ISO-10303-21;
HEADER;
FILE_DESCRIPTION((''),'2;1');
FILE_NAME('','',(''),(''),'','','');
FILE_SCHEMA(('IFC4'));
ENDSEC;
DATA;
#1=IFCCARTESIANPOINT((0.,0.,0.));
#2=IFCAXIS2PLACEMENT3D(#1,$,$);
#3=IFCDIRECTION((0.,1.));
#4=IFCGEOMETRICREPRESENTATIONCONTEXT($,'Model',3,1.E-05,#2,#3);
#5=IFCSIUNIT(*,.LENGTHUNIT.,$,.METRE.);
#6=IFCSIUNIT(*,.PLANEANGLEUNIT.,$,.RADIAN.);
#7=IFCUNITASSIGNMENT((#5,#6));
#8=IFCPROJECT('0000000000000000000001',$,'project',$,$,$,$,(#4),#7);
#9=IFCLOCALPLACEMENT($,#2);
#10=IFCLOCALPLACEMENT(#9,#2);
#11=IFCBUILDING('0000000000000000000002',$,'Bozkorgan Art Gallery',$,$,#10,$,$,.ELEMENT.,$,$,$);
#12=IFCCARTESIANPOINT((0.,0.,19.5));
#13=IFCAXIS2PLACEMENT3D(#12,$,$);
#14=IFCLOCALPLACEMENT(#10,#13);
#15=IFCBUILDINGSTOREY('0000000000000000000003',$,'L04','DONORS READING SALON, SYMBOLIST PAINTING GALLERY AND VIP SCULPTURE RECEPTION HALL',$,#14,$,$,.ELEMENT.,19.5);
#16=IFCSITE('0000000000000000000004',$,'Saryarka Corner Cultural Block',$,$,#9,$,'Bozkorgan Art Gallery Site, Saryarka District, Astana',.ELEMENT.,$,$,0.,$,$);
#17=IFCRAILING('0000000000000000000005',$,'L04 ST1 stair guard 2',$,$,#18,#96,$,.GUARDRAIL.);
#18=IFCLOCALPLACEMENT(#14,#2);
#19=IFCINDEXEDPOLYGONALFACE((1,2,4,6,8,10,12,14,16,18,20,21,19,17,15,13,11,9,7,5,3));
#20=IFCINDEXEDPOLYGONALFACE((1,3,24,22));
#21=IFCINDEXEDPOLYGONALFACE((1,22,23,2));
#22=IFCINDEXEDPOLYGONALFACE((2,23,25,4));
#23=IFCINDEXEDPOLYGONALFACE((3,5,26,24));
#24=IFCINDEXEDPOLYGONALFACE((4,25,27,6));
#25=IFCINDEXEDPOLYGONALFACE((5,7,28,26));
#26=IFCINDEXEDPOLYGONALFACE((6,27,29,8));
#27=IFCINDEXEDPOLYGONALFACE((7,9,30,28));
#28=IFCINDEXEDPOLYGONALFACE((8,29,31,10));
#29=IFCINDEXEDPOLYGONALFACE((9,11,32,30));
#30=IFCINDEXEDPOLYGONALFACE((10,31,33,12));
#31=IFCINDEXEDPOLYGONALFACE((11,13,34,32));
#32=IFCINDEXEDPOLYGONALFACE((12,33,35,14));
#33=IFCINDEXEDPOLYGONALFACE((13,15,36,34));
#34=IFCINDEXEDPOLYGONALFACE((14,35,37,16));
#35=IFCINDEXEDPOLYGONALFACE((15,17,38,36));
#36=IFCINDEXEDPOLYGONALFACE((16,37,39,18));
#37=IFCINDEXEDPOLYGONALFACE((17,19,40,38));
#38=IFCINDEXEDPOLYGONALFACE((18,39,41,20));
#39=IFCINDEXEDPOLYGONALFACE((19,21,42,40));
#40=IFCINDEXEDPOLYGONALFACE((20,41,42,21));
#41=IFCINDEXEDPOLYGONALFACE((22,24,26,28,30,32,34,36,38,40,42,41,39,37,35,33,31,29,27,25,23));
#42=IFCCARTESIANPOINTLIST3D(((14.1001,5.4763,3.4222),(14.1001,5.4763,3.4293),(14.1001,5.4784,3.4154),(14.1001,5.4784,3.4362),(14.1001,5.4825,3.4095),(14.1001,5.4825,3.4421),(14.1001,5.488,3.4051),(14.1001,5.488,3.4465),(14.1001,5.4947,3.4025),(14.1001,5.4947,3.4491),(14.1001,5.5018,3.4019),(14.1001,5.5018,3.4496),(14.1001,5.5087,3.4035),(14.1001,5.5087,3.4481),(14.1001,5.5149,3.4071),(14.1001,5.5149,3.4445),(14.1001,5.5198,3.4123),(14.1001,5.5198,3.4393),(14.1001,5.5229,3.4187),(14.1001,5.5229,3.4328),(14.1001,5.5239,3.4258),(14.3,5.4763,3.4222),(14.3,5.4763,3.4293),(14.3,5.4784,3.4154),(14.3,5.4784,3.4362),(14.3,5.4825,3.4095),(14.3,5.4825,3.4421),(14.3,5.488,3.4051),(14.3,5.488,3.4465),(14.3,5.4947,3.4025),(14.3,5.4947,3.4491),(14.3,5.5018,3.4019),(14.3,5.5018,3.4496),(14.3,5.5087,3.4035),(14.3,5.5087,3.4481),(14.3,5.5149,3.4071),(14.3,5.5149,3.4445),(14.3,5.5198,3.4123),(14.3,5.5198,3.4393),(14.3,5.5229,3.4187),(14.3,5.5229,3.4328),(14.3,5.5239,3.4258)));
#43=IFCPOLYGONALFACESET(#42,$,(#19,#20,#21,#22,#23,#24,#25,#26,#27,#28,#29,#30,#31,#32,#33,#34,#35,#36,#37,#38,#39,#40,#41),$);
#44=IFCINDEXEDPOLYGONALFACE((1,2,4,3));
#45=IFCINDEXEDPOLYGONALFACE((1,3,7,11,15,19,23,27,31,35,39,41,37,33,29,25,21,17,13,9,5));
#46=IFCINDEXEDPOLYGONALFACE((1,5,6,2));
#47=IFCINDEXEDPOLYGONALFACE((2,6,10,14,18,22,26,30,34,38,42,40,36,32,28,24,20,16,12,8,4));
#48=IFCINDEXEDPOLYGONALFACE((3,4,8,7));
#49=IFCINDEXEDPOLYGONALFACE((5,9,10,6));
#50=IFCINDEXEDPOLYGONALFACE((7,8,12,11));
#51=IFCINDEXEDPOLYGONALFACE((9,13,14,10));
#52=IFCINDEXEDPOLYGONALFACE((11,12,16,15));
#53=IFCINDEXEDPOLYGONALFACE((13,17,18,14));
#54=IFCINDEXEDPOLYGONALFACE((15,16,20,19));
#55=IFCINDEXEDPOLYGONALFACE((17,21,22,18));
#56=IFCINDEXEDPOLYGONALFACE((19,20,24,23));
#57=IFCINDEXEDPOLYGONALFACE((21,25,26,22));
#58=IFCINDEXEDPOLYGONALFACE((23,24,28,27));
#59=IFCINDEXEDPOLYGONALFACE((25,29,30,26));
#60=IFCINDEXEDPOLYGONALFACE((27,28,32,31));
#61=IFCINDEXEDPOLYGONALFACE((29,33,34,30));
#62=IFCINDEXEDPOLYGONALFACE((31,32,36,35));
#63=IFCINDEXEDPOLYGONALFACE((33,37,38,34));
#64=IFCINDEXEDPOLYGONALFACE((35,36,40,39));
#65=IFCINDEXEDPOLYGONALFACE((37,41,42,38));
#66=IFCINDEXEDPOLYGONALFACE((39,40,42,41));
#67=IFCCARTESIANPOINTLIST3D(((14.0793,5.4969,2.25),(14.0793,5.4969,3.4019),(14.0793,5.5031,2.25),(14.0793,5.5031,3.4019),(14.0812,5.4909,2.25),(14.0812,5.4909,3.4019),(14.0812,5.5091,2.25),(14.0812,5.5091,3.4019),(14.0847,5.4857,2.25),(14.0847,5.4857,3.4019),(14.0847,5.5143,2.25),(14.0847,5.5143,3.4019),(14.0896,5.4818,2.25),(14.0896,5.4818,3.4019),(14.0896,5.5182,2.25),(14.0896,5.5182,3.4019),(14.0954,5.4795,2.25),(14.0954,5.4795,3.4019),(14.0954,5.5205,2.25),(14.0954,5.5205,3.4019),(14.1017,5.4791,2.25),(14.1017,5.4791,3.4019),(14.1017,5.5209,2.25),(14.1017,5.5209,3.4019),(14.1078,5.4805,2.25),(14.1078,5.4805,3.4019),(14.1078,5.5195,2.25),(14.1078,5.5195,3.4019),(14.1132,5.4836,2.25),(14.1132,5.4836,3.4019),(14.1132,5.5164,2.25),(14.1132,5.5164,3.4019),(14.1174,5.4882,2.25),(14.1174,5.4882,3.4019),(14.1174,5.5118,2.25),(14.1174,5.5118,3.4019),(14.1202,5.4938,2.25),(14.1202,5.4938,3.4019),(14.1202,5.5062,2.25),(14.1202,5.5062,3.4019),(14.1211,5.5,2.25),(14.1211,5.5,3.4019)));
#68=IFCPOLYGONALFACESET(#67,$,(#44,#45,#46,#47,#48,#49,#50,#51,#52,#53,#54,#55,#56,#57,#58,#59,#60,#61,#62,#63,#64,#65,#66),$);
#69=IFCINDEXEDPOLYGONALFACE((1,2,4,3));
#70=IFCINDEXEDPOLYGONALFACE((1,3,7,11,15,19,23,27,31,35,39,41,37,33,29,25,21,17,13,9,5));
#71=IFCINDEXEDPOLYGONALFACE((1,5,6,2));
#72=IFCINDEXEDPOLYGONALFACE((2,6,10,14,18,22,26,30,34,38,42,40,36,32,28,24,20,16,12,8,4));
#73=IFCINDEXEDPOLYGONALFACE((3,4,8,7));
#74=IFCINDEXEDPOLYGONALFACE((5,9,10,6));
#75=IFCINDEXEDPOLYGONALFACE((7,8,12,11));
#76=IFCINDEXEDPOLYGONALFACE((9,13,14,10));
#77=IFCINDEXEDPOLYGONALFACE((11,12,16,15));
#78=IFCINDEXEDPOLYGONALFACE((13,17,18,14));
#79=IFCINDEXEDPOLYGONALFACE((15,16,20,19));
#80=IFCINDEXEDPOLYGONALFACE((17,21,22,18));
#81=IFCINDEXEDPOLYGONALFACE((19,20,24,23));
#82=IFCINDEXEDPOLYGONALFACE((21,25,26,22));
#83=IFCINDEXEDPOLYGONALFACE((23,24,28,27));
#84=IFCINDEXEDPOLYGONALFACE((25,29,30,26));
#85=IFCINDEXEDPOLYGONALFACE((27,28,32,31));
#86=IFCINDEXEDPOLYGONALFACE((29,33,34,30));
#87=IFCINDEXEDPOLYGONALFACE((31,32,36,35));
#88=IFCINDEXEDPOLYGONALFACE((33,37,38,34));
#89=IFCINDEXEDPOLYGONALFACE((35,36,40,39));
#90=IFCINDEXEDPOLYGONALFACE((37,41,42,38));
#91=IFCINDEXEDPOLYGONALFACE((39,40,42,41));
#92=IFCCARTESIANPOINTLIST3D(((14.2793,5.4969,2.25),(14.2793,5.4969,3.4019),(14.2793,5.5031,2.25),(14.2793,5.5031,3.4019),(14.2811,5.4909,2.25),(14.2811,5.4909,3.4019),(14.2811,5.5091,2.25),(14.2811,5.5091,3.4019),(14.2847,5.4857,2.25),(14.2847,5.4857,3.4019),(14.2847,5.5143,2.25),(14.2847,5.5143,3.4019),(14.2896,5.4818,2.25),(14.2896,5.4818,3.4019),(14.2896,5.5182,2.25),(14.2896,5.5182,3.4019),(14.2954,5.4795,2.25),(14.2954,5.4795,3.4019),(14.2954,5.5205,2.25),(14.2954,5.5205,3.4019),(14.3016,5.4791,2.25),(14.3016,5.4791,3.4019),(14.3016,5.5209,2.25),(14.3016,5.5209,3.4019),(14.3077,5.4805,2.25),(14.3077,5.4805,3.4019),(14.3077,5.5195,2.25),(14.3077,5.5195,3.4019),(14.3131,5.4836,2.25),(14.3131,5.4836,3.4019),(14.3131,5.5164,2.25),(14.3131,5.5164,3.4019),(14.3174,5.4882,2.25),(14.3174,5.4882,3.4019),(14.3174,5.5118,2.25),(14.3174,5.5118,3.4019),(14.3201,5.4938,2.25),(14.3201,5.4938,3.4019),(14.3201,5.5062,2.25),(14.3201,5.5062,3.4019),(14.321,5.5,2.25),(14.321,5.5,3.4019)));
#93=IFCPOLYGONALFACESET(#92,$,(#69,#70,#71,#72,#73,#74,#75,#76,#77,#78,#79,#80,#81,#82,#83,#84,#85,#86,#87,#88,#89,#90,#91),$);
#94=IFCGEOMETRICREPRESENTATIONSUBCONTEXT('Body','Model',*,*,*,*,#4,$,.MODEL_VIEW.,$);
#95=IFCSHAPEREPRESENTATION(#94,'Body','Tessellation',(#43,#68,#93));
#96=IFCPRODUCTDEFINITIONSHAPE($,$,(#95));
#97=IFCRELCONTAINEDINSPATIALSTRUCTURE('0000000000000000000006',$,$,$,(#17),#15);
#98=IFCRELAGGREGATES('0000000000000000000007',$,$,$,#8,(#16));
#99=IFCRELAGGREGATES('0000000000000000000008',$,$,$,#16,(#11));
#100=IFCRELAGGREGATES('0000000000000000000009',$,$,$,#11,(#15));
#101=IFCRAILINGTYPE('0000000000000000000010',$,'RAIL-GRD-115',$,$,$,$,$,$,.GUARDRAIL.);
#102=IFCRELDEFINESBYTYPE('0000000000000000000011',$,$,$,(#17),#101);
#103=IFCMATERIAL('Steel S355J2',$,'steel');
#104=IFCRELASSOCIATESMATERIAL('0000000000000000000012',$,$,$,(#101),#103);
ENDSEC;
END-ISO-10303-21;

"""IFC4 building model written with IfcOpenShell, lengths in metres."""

from ifc_helpers import new_model, si_unit, direction, frame, origin, origin_2d, place, context, subcontext, project, spatial, circle, extrude, material, type_object, element, save


model = new_model("IFC4")

# Units and contexts
model_context = context("Model", 3, precision=1e-05, world=origin(), true_north=direction((0.0, 1.0)))
body_context = subcontext(model_context, "Body", "Model", "MODEL_VIEW")
ifc_project = project(units=[si_unit("LENGTHUNIT", "METRE"), si_unit("PLANEANGLEUNIT", "RADIAN")], contexts=[model_context])

# Site, building, storey
site_placement = place(None, origin())
site = spatial("IfcSite", under=ifc_project, at=site_placement, Name="Saryarka Corner Cultural Block", LongName="Bozkorgan Art Gallery Site, Saryarka District, Astana", CompositionType="ELEMENT", RefElevation=0.0)
building_placement = place(site_placement, origin())
building = spatial("IfcBuilding", under=site, at=building_placement, Name="Bozkorgan Art Gallery", CompositionType="ELEMENT")
storey_placement = place(building_placement, frame((0.0, 0.0, 19.5)))
storey = spatial("IfcBuildingStorey", under=building, at=storey_placement, Name="L04", Description="DONORS READING SALON, SYMBOLIST PAINTING GALLERY AND VIP SCULPTURE RECEPTION HALL", CompositionType="ELEMENT", Elevation=19.5)

# Shared definitions
ifc_material_1 = material(Name="Steel S355J2", Category="steel")

# Railing
railing_type_1 = type_object("IfcRailingType", Name="RAIL-GRD-115", PredefinedType="GUARDRAIL", material=ifc_material_1)
railing_1_placement = place(storey_placement, frame((14.1001, 5.5, 2.25)))
element("IfcRailing", 1, at=railing_1_placement, inside=storey, type_object=railing_type_1, Name="L04 ST1 stair guard 2", PredefinedType="GUARDRAIL", context=body_context, shape_type="SweptSolid", body=[
    extrude(circle(Radius=0.0239, at=origin_2d()), frame((0.0, 0.0, 1.1758), z_axis=(1.0, 0.0, 0.0), x_axis=(0.0, 1.0, 0.0)), (0.0, 0.0, 1.0), 0.2),
    extrude(circle(Radius=0.021, at=origin_2d()), origin(), (0.0, 0.0, 1.0), 1.1519),
    extrude(circle(Radius=0.021, at=origin_2d()), frame((0.2, 0.0, 0.0)), (0.0, 0.0, 1.0), 1.1519),
])

save(model, "model.ifc")
